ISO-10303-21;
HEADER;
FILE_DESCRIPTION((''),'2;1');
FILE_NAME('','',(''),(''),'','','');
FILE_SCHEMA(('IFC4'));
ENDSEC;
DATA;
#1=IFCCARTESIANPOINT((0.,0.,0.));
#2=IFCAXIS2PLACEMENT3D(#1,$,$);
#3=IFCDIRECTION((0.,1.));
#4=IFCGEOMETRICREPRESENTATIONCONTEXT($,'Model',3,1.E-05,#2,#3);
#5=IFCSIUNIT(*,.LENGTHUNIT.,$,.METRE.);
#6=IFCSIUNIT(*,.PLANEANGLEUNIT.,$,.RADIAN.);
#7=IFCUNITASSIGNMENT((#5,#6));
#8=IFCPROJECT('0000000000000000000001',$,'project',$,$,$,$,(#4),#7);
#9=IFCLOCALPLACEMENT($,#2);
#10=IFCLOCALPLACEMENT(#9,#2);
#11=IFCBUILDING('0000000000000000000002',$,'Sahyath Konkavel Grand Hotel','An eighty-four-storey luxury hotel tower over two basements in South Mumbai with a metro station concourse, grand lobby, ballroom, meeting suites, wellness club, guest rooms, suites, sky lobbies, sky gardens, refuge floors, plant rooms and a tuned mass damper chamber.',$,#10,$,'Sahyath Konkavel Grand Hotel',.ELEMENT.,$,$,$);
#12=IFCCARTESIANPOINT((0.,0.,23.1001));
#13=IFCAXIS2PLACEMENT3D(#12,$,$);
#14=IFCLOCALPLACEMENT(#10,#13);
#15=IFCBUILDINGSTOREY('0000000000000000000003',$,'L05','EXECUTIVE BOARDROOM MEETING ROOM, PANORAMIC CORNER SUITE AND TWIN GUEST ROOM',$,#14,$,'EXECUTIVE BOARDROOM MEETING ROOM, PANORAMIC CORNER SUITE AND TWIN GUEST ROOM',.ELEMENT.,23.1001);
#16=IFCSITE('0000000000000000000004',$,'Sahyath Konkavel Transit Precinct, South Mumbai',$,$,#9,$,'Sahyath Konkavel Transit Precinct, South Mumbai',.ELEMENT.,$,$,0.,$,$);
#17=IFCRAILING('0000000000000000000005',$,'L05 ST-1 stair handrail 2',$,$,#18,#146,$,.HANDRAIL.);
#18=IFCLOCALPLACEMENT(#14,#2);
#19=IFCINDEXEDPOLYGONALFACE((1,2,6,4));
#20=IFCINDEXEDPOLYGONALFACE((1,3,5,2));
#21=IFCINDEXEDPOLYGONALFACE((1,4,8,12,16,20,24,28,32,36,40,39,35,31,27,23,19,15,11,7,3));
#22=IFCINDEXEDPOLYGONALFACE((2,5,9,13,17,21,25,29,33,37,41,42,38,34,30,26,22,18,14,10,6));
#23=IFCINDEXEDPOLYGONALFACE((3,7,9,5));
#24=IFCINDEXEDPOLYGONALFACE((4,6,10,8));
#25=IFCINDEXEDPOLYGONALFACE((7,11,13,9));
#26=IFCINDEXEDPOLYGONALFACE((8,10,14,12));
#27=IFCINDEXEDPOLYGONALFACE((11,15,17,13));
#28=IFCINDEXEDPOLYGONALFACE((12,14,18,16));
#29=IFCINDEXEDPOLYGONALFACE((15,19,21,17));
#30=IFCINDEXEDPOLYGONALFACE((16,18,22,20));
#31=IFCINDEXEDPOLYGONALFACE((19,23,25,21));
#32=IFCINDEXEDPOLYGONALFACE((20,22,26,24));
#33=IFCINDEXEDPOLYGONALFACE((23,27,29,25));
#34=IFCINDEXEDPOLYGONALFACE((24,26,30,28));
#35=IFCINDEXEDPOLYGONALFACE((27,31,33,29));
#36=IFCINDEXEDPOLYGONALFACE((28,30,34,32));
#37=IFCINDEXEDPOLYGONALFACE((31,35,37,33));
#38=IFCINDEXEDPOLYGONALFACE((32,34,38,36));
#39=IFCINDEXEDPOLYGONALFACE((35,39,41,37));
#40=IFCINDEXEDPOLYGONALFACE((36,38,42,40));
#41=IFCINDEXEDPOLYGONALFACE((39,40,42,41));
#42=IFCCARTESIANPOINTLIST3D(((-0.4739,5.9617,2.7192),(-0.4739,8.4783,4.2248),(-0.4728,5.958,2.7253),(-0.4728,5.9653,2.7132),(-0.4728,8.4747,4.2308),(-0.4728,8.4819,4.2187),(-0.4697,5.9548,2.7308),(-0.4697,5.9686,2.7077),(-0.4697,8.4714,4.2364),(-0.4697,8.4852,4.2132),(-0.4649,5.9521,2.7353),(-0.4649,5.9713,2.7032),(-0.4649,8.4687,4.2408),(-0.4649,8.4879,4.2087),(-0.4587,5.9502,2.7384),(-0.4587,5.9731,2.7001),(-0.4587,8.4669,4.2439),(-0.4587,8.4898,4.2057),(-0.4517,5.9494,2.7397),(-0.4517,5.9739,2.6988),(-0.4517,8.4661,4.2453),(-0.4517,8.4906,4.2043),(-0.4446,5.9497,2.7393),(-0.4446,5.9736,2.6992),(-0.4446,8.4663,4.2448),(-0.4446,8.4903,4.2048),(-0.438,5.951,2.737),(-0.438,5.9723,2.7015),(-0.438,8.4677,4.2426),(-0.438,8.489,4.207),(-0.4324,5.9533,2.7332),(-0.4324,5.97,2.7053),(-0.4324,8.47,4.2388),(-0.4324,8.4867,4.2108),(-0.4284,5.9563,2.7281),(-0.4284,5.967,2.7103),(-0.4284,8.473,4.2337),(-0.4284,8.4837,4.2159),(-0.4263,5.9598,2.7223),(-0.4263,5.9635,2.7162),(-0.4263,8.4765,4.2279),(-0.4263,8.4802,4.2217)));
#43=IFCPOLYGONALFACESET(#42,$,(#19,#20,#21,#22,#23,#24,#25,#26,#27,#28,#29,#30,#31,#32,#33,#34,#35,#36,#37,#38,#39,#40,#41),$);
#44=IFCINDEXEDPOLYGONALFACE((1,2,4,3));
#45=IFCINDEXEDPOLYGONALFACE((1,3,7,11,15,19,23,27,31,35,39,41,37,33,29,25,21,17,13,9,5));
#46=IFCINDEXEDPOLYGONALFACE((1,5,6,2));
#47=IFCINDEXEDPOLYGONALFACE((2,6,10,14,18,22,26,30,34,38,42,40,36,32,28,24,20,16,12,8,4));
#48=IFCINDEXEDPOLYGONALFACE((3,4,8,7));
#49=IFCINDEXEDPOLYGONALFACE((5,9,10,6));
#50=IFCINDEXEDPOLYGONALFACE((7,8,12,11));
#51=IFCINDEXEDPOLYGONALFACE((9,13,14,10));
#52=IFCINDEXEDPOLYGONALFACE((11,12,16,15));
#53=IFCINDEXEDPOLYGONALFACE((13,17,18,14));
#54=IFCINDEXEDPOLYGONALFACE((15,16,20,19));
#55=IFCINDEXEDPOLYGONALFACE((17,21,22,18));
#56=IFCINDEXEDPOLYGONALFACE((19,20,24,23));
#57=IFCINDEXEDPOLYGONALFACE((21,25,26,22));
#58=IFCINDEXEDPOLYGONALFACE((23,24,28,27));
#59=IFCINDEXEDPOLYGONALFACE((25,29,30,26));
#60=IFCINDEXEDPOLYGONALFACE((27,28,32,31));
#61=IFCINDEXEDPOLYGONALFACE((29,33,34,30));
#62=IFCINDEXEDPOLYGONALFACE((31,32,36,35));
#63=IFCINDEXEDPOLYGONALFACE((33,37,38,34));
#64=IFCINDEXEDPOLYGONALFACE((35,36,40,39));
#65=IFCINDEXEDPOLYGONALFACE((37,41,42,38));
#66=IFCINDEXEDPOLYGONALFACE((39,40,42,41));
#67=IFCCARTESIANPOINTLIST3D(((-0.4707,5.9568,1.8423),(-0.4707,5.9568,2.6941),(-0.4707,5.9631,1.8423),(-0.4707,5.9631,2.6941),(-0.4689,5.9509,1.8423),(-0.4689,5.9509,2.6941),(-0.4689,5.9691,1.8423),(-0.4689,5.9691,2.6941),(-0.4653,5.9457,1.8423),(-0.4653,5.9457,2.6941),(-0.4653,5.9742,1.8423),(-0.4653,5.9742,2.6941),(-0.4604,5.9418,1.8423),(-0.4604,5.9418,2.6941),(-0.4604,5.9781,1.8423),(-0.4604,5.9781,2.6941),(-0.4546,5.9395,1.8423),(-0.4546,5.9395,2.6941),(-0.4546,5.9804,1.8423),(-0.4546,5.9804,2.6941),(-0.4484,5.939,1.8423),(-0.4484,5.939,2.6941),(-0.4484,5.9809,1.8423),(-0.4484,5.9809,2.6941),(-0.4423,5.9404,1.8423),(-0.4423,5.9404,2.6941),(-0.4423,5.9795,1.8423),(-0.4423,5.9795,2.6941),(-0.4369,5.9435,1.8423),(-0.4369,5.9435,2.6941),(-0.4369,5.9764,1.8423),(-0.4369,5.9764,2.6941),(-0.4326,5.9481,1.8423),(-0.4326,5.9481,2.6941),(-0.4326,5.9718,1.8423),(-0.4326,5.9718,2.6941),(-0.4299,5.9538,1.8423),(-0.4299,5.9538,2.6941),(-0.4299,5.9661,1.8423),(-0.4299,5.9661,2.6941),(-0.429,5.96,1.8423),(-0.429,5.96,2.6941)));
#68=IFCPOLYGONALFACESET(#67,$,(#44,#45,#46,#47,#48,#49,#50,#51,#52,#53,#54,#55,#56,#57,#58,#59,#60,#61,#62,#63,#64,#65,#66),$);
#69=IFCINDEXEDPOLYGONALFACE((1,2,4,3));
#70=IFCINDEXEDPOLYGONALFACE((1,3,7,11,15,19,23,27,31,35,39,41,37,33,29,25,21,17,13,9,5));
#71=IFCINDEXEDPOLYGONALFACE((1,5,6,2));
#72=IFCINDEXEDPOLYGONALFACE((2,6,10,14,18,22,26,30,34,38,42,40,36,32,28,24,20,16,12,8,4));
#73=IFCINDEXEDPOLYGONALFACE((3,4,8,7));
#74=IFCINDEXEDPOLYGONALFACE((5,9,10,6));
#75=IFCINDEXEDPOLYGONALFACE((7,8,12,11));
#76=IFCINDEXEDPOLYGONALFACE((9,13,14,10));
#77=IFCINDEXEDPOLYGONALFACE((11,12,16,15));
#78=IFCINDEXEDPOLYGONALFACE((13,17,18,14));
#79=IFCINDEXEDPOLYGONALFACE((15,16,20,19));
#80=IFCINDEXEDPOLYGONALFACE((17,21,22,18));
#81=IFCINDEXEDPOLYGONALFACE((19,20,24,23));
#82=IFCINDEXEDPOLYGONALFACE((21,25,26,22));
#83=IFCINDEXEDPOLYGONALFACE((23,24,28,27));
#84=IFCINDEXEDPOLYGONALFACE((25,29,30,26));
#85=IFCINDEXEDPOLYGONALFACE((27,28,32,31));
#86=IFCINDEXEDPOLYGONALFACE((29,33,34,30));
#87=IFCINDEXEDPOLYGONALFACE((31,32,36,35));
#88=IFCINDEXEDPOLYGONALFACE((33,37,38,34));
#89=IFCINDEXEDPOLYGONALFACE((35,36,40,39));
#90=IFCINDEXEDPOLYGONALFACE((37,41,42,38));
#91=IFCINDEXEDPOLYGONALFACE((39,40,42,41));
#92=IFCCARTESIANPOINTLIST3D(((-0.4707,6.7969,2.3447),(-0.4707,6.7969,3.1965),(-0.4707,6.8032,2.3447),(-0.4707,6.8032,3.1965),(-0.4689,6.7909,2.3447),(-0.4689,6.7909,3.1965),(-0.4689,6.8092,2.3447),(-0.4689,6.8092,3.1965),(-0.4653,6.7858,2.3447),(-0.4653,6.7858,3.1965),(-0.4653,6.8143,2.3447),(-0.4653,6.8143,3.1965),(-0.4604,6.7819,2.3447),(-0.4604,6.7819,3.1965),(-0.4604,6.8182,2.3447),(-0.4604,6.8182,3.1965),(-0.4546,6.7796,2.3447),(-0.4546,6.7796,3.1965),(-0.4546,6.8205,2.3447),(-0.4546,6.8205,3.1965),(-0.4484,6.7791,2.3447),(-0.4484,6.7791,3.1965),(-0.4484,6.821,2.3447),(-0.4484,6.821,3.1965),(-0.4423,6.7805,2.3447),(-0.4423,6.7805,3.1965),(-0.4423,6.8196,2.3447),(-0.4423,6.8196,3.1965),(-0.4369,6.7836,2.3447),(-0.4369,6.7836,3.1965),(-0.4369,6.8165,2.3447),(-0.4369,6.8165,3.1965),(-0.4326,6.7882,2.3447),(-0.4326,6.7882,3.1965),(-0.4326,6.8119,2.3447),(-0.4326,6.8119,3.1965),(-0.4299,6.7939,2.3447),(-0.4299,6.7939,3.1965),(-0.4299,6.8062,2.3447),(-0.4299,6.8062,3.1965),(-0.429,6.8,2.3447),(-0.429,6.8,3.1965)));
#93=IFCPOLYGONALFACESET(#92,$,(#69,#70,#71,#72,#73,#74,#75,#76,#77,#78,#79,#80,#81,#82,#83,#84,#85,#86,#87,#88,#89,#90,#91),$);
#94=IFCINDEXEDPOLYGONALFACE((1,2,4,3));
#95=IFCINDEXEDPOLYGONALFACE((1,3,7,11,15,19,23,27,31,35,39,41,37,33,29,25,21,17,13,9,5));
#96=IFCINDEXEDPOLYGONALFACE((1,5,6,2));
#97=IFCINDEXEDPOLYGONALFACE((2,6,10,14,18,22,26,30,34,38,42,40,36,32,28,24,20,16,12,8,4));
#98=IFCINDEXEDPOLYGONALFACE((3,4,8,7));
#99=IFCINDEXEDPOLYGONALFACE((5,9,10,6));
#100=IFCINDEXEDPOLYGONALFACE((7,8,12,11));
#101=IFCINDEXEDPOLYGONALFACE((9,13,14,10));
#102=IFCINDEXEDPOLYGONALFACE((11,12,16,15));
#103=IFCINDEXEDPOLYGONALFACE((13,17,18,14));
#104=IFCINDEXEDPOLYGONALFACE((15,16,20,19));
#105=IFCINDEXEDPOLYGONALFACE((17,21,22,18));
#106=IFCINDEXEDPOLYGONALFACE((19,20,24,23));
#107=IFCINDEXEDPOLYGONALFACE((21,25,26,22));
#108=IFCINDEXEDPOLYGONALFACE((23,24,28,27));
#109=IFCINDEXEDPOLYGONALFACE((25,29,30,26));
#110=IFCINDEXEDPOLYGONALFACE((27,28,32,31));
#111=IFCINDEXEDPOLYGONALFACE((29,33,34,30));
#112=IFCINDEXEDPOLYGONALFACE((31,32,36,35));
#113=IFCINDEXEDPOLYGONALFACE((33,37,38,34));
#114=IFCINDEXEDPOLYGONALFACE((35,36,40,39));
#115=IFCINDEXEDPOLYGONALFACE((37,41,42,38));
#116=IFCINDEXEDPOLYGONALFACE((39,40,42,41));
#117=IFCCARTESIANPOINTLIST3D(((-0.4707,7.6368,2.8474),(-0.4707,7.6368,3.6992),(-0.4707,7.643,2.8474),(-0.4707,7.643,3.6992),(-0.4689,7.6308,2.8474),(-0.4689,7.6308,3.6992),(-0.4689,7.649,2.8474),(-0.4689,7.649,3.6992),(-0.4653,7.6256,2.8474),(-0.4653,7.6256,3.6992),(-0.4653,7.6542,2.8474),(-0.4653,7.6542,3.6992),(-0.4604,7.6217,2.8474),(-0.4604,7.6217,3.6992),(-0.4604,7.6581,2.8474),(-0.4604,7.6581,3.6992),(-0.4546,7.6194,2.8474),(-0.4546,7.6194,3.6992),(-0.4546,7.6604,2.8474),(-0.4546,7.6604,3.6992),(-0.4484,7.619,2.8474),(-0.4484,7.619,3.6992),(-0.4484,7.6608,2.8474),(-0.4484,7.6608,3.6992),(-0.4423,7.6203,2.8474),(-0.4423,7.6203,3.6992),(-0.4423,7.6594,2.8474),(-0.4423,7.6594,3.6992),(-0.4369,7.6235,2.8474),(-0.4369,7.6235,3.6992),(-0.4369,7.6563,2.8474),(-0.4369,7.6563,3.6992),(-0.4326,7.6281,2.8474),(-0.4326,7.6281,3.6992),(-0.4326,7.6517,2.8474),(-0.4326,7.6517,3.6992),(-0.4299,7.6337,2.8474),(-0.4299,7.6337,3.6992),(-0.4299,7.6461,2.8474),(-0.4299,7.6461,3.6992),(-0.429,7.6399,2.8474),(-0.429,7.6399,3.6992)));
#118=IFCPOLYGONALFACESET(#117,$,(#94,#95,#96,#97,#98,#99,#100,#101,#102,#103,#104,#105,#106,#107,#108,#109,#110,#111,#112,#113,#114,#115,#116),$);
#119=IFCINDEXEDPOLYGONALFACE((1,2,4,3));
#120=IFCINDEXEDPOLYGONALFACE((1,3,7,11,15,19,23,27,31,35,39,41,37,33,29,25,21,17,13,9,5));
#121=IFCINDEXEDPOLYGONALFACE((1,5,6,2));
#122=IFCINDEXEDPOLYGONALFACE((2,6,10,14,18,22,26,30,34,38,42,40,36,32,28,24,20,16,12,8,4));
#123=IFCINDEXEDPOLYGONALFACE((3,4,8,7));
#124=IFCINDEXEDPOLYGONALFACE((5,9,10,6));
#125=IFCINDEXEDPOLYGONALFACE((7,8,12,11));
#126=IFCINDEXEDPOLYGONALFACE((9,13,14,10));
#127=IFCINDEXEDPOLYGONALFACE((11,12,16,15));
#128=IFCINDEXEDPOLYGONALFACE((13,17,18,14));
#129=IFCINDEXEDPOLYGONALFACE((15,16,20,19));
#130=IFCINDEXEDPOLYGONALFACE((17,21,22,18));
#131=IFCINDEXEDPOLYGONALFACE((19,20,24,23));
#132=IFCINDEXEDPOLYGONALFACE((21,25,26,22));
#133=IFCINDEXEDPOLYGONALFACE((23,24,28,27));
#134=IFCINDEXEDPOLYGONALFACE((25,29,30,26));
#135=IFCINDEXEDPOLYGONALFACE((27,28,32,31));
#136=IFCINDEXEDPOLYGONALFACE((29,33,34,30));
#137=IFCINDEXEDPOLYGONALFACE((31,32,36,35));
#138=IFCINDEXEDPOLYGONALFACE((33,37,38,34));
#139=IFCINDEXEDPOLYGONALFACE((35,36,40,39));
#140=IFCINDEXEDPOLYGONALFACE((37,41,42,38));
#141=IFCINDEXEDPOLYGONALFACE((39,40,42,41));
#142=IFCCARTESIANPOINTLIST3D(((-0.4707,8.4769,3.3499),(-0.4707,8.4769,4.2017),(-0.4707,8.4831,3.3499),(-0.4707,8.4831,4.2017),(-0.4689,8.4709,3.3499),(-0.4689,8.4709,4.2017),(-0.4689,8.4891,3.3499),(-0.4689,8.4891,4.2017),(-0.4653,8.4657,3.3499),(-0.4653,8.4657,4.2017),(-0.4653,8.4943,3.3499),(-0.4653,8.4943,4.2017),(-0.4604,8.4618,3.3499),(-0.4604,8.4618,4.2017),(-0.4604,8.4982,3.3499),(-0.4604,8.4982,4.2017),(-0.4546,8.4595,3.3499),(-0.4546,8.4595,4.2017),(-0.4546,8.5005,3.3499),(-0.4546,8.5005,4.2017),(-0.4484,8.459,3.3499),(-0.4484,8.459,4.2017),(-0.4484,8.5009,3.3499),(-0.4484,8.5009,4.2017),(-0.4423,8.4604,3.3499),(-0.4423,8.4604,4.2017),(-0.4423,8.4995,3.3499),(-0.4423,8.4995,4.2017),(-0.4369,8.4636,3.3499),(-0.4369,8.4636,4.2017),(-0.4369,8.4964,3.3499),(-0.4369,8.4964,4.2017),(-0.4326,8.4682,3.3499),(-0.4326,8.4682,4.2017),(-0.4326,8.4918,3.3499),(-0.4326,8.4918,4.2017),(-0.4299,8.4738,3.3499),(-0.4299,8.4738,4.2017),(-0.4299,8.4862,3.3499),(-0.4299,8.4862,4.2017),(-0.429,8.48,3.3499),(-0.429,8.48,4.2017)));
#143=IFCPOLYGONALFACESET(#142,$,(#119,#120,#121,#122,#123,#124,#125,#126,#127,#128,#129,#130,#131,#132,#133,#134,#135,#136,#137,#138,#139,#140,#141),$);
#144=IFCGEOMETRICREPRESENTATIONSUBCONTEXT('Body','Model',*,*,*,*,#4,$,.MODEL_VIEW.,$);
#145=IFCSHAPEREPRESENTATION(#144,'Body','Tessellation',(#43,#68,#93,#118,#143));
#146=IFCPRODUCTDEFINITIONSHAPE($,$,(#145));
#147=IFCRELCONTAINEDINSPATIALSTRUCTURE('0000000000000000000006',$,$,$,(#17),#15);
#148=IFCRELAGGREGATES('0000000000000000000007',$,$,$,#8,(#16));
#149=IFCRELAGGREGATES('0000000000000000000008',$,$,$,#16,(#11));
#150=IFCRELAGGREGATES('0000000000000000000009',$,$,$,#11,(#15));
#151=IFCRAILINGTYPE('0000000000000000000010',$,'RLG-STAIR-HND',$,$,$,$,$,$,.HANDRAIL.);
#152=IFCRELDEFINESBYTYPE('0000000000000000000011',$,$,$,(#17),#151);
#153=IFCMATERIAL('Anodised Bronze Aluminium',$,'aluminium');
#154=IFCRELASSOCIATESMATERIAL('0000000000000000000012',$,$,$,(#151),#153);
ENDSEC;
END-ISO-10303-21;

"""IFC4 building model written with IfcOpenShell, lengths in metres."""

from ifc_helpers import new_model, si_unit, direction, frame, origin, origin_2d, place, context, subcontext, project, spatial, circle, extrude, material, type_object, element, save


model = new_model("IFC4")

# Units and contexts
model_context = context("Model", 3, precision=1e-05, world=origin(), true_north=direction((0.0, 1.0)))
body_context = subcontext(model_context, "Body", "Model", "MODEL_VIEW")
ifc_project = project(units=[si_unit("LENGTHUNIT", "METRE"), si_unit("PLANEANGLEUNIT", "RADIAN")], contexts=[model_context])

# Site, building, storey
site_placement = place(None, origin())
site = spatial("IfcSite", under=ifc_project, at=site_placement, Name="Sahyath Konkavel Transit Precinct, South Mumbai", LongName="Sahyath Konkavel Transit Precinct, South Mumbai", CompositionType="ELEMENT", RefElevation=0.0)
building_placement = place(site_placement, origin())
building = spatial("IfcBuilding", under=site, at=building_placement, Name="Sahyath Konkavel Grand Hotel", Description="An eighty-four-storey luxury hotel tower over two basements in South Mumbai with a metro station concourse, grand lobby, ballroom, meeting suites, wellness club, guest rooms, suites, sky lobbies, sky gardens, refuge floors, plant rooms and a tuned mass damper chamber.", LongName="Sahyath Konkavel Grand Hotel", CompositionType="ELEMENT")
storey_placement = place(building_placement, frame((0.0, 0.0, 23.1001)))
storey = spatial("IfcBuildingStorey", under=building, at=storey_placement, Name="L05", Description="EXECUTIVE BOARDROOM MEETING ROOM, PANORAMIC CORNER SUITE AND TWIN GUEST ROOM", LongName="EXECUTIVE BOARDROOM MEETING ROOM, PANORAMIC CORNER SUITE AND TWIN GUEST ROOM", CompositionType="ELEMENT", Elevation=23.1001)

# Shared definitions
ifc_material_1 = material(Name="Anodised Bronze Aluminium", Category="aluminium")

# Railing
railing_type_1 = type_object("IfcRailingType", Name="RLG-STAIR-HND", PredefinedType="HANDRAIL", material=ifc_material_1)
railing_1_placement = place(storey_placement, frame((-0.45, 5.96, 1.8423)))
element("IfcRailing", 1, at=railing_1_placement, inside=storey, type_object=railing_type_1, Name="L05 ST-1 stair handrail 2", PredefinedType="HANDRAIL", context=body_context, shape_type="SweptSolid", body=[
    extrude(circle(Radius=0.0239, at=origin_2d()), frame((0.0, 0.0017, 0.877), z_axis=(0.0, 0.85816, 0.513383), x_axis=(-1.0, 0.0, 0.0)), (0.0, 0.0, 1.0), 2.9326),
    extrude(circle(Radius=0.021, at=origin_2d()), origin(), (0.0, 0.0, 1.0), 0.8518),
    extrude(circle(Radius=0.021, at=origin_2d()), frame((0.0, 0.8401, 0.5024)), (0.0, 0.0, 1.0), 0.8518),
    extrude(circle(Radius=0.021, at=origin_2d()), frame((0.0, 1.6799, 1.0051)), (0.0, 0.0, 1.0), 0.8518),
    extrude(circle(Radius=0.021, at=origin_2d()), frame((0.0, 2.52, 1.5076)), (0.0, 0.0, 1.0), 0.8518),
])

save(model, "model.ifc")
